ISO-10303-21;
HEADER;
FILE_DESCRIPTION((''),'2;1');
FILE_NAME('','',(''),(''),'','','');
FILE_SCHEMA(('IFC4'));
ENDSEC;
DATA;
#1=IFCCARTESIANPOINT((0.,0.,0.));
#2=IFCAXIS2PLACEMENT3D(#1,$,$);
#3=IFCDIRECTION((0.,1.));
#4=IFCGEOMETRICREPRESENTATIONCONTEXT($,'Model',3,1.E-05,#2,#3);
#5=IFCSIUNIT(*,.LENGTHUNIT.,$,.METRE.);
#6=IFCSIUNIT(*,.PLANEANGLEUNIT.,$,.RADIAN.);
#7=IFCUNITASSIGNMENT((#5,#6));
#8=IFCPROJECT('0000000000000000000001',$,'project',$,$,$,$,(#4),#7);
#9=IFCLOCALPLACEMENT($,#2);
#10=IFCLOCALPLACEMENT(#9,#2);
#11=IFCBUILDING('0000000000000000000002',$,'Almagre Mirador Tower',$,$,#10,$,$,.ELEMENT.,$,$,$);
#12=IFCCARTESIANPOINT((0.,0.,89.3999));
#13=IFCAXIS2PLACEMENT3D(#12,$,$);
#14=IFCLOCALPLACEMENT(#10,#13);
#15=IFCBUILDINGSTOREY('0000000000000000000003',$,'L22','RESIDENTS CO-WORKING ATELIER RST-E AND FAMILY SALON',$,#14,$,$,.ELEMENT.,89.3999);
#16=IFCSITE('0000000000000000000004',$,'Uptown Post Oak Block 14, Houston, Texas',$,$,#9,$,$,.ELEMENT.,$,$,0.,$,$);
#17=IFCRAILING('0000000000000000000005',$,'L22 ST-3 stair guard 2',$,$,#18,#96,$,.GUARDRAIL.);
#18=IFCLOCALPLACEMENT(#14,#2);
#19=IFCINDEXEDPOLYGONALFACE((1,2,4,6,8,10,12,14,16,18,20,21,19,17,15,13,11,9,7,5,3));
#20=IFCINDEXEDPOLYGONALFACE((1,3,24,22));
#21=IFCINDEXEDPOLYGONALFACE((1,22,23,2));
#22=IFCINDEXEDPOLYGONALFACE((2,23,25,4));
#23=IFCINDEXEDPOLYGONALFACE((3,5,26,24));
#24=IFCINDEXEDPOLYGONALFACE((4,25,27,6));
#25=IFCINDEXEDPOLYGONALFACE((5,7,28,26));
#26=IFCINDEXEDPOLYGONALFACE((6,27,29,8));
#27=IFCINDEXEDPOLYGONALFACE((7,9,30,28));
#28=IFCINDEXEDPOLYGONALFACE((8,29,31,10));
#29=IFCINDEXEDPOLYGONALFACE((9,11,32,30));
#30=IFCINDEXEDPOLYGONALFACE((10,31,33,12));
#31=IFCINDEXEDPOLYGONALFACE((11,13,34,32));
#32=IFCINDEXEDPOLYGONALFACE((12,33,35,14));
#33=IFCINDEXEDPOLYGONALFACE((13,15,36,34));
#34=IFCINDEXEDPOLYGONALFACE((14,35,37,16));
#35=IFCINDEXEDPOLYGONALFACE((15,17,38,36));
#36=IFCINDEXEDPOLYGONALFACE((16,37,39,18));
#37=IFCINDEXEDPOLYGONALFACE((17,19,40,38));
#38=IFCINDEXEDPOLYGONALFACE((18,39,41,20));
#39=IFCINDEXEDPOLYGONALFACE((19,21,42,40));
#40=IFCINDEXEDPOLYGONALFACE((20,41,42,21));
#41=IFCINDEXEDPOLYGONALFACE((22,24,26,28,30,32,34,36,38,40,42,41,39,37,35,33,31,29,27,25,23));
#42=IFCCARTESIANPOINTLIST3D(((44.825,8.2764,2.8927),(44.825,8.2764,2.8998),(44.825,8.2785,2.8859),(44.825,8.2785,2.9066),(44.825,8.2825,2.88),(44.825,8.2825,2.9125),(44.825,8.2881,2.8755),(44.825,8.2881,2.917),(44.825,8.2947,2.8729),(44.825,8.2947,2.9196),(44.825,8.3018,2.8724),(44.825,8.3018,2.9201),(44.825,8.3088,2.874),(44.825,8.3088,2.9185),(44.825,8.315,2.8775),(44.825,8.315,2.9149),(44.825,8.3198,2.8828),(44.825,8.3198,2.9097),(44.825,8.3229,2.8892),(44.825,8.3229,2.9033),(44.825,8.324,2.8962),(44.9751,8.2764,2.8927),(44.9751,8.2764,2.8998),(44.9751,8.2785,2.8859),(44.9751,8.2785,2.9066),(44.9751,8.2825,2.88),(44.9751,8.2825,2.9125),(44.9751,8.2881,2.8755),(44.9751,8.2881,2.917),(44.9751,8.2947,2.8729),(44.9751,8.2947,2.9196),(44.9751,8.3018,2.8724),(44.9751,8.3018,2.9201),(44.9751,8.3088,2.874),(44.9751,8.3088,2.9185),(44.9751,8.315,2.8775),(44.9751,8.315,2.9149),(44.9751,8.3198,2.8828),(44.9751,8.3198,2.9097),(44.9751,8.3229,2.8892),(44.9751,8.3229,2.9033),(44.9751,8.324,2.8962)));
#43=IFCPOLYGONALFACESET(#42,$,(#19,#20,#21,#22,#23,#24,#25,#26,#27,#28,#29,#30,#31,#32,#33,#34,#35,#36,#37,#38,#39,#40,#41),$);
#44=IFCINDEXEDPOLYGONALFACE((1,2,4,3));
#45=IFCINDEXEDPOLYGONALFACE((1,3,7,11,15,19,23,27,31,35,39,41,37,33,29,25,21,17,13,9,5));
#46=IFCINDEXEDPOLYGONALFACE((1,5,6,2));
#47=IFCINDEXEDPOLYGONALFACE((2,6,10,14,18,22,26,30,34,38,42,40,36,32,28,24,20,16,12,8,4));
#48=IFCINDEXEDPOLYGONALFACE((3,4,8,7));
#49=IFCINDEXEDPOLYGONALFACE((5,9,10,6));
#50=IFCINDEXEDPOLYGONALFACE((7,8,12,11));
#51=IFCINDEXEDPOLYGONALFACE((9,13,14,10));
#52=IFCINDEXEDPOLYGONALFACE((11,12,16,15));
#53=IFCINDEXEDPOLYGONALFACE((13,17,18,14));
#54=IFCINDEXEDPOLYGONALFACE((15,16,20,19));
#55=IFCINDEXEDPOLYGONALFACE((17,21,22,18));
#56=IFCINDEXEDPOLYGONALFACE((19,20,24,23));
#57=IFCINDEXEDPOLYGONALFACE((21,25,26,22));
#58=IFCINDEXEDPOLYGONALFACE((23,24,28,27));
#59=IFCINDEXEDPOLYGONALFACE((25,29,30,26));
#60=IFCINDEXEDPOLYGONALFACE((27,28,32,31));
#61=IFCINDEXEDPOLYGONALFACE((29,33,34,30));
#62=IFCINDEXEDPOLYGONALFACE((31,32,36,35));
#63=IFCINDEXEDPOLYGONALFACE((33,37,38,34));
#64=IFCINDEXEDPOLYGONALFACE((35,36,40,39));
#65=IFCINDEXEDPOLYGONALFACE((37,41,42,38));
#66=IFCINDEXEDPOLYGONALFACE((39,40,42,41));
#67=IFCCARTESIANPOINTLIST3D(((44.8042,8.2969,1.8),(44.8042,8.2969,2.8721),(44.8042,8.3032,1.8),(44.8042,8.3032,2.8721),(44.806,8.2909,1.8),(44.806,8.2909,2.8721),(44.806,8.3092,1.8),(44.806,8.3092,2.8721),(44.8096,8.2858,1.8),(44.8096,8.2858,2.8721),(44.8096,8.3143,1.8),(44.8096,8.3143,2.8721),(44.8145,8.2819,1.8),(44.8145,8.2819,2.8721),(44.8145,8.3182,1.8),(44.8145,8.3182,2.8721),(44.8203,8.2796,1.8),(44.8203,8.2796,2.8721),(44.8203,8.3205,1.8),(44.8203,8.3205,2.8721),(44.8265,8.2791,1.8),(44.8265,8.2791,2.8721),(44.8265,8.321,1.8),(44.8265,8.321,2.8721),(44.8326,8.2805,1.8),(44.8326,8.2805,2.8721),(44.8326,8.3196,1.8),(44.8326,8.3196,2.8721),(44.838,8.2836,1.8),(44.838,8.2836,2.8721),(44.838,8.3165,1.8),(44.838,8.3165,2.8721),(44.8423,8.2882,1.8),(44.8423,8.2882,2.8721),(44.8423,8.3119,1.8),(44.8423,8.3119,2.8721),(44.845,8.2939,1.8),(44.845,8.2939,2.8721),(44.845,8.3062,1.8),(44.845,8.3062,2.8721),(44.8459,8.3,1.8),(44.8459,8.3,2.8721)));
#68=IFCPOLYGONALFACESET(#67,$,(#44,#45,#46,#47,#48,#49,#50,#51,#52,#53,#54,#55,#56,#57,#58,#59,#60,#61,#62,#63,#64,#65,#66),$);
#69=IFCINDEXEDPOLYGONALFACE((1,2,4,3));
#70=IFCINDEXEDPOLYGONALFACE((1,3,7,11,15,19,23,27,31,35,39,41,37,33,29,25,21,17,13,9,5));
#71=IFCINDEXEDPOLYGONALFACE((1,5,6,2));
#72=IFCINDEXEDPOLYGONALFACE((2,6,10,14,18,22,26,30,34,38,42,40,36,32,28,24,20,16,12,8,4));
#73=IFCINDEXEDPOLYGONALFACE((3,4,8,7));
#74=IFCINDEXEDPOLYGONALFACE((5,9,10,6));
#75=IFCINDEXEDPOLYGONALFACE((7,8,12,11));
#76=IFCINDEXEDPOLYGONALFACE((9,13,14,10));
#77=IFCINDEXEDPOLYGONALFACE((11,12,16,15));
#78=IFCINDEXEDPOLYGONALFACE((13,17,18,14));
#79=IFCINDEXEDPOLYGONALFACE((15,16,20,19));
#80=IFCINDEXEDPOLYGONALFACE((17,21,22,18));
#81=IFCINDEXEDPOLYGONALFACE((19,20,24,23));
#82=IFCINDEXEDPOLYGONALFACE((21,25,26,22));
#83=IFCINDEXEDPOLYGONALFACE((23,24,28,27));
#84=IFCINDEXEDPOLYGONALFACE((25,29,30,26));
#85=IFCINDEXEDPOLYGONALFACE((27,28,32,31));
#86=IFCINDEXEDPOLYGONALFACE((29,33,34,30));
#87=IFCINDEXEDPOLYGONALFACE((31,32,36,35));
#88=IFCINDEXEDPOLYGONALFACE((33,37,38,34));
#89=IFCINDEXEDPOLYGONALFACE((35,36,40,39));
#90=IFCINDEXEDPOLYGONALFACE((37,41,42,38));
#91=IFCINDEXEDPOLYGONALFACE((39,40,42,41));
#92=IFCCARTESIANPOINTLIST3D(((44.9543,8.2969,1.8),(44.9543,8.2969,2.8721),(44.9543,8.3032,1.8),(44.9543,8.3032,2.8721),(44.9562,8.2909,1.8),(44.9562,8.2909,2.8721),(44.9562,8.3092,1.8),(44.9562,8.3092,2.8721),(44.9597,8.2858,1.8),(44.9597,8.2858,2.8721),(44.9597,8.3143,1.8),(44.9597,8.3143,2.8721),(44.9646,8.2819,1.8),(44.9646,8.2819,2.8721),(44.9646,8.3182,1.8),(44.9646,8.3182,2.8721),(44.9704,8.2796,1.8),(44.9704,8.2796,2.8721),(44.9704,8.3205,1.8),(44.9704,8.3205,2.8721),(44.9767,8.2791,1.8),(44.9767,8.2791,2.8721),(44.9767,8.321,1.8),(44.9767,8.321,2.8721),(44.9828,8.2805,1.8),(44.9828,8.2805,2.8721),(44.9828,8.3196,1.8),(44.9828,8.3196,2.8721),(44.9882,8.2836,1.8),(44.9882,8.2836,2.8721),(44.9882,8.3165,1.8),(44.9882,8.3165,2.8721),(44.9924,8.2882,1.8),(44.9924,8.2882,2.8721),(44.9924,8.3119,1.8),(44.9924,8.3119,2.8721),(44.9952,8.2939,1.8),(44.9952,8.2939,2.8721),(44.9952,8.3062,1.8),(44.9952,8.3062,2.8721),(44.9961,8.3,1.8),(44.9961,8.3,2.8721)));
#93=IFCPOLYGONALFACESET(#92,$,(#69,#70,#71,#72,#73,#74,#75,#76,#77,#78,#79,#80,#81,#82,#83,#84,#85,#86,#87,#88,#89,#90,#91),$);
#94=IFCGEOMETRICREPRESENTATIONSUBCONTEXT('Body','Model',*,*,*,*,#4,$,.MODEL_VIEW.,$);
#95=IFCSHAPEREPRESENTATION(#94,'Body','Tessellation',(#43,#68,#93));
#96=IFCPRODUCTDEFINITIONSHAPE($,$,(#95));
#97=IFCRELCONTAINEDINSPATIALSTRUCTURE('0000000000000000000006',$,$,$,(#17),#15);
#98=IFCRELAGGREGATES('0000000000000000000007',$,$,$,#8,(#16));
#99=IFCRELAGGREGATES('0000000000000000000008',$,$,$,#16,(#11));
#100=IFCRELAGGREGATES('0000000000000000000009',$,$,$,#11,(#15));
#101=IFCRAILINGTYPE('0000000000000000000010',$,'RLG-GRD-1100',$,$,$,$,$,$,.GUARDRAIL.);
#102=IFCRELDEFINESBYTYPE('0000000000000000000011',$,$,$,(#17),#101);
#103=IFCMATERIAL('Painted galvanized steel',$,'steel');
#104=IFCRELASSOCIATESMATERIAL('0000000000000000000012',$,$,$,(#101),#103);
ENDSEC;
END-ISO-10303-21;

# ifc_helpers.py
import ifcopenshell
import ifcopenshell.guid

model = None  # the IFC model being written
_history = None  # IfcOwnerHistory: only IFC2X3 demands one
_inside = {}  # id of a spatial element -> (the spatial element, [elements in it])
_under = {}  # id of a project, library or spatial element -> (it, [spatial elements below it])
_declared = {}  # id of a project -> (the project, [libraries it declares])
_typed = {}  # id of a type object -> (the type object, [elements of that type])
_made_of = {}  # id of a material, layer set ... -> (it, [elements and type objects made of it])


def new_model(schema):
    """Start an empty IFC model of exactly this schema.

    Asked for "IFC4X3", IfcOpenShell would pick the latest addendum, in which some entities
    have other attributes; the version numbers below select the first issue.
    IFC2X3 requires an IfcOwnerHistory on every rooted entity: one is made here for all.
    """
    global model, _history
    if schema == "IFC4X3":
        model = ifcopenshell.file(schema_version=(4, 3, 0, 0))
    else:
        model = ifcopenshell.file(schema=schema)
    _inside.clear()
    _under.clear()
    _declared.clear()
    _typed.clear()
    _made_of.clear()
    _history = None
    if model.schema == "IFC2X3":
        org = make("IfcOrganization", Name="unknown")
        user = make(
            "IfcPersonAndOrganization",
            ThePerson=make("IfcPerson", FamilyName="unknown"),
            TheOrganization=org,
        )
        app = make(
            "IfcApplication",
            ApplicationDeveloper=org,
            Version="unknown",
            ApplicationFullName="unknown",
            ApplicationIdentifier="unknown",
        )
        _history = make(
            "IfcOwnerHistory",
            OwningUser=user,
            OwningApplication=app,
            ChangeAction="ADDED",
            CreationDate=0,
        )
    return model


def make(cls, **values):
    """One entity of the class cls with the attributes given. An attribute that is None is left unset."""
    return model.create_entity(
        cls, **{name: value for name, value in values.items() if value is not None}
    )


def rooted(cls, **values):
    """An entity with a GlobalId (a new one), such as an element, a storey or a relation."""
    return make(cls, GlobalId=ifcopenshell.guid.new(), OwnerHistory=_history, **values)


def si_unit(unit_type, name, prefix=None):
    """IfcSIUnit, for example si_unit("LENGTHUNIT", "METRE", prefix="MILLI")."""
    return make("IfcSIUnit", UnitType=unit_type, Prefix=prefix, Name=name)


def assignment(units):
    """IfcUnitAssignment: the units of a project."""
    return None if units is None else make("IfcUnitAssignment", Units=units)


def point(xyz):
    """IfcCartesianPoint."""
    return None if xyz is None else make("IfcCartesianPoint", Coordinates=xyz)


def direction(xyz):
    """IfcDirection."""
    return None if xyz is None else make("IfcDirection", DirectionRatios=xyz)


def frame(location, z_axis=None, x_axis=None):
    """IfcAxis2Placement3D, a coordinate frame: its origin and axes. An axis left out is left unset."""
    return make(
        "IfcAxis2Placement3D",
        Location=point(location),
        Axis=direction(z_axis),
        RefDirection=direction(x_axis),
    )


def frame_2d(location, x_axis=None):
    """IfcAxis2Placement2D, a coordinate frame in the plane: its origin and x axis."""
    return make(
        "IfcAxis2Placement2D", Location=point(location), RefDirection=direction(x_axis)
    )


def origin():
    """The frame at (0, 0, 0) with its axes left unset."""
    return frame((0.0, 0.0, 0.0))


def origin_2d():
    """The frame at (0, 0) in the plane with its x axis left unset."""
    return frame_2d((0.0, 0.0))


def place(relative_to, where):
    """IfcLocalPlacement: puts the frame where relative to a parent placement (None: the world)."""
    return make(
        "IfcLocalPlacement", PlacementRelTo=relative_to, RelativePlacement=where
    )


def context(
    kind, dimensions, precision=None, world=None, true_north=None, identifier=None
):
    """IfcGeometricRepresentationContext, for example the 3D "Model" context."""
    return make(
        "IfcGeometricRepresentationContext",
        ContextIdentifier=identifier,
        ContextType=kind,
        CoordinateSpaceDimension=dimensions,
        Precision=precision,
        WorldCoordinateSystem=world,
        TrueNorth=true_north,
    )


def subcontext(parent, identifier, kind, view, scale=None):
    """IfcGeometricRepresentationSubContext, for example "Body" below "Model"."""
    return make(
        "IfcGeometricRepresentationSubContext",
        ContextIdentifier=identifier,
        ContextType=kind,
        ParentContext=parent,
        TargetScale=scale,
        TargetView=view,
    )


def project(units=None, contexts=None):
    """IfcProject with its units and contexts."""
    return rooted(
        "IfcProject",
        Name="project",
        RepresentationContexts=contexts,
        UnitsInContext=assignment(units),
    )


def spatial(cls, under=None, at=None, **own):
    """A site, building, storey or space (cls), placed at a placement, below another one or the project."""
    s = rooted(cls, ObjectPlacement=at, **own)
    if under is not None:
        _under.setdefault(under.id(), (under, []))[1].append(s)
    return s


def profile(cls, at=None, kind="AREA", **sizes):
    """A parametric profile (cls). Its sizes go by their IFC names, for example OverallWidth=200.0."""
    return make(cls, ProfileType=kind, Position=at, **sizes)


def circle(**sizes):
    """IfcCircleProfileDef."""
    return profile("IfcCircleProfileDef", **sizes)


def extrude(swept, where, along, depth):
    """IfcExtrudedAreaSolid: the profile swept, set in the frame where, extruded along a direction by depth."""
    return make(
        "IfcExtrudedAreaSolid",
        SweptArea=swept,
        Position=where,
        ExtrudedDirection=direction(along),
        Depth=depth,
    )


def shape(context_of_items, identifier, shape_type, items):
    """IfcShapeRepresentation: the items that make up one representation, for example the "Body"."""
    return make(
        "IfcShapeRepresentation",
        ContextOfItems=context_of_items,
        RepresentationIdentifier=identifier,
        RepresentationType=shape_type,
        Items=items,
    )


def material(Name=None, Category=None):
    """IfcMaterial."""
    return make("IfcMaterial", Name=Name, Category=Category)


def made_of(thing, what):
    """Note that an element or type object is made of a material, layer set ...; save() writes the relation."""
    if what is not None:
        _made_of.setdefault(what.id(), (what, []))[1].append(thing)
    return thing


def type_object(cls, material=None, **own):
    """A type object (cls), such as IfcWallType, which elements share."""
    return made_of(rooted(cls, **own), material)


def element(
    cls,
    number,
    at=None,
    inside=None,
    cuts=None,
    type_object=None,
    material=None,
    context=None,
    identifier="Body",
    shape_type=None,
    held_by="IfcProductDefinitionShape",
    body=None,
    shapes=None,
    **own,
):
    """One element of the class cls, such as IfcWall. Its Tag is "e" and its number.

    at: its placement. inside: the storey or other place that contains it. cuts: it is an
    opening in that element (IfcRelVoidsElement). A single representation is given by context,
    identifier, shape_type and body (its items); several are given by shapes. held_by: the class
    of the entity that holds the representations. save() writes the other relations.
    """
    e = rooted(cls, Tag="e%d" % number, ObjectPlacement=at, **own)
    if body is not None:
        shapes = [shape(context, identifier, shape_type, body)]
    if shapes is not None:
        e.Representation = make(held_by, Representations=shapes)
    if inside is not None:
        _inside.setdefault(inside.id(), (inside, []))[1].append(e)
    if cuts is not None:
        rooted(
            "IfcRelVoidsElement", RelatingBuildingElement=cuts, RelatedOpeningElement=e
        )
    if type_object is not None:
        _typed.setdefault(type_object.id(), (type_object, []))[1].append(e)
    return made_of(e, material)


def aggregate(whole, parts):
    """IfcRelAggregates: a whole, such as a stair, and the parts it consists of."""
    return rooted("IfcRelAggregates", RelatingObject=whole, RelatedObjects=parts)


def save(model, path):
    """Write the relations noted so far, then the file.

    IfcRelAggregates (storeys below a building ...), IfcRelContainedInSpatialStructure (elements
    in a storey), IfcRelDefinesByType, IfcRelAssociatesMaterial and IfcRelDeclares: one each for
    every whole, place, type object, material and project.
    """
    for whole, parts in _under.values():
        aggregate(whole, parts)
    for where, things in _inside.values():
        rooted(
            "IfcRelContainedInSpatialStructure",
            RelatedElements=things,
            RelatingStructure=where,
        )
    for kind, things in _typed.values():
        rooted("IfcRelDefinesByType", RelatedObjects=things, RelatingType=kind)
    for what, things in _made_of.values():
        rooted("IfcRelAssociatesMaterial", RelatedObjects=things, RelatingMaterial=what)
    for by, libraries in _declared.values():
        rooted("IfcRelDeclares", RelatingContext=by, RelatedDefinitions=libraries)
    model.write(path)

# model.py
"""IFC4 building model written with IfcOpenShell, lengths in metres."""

from ifc_helpers import new_model, si_unit, direction, frame, origin, origin_2d, place, context, subcontext, project, spatial, circle, extrude, material, type_object, element, save


model = new_model("IFC4")

# Units and contexts
model_context = context("Model", 3, precision=1e-05, world=origin(), true_north=direction((0.0, 1.0)))
body_context = subcontext(model_context, "Body", "Model", "MODEL_VIEW")
ifc_project = project(units=[si_unit("LENGTHUNIT", "METRE"), si_unit("PLANEANGLEUNIT", "RADIAN")], contexts=[model_context])

# Site, building, storey
site_placement = place(None, origin())
site = spatial("IfcSite", under=ifc_project, at=site_placement, Name="Uptown Post Oak Block 14, Houston, Texas", CompositionType="ELEMENT", RefElevation=0.0)
building_placement = place(site_placement, origin())
building = spatial("IfcBuilding", under=site, at=building_placement, Name="Almagre Mirador Tower", CompositionType="ELEMENT")
storey_placement = place(building_placement, frame((0.0, 0.0, 89.3999)))
storey = spatial("IfcBuildingStorey", under=building, at=storey_placement, Name="L22", Description="RESIDENTS CO-WORKING ATELIER RST-E AND FAMILY SALON", CompositionType="ELEMENT", Elevation=89.3999)

# Railing
ifc_material_1 = material(Name="Painted galvanized steel", Category="steel")
railing_type_1 = type_object("IfcRailingType", Name="RLG-GRD-1100", PredefinedType="GUARDRAIL", material=ifc_material_1)
railing_1_placement = place(storey_placement, frame((44.825, 8.3, 1.8)))
element("IfcRailing", 1, at=railing_1_placement, inside=storey, type_object=railing_type_1, Name="L22 ST-3 stair guard 2", PredefinedType="GUARDRAIL", context=body_context, shape_type="SweptSolid", body=[
    extrude(circle(Radius=0.0239, at=origin_2d()), frame((0.0, 0.0, 1.0962), z_axis=(1.0, 0.0, 0.0), x_axis=(0.0, 1.0, 0.0)), (0.0, 0.0, 1.0), 0.1501),
    extrude(circle(Radius=0.021, at=origin_2d()), origin(), (0.0, 0.0, 1.0), 1.072),
    extrude(circle(Radius=0.021, at=origin_2d()), frame((0.1501, 0.0, 0.0)), (0.0, 0.0, 1.0), 1.072),
])

save(model, "model.ifc")
